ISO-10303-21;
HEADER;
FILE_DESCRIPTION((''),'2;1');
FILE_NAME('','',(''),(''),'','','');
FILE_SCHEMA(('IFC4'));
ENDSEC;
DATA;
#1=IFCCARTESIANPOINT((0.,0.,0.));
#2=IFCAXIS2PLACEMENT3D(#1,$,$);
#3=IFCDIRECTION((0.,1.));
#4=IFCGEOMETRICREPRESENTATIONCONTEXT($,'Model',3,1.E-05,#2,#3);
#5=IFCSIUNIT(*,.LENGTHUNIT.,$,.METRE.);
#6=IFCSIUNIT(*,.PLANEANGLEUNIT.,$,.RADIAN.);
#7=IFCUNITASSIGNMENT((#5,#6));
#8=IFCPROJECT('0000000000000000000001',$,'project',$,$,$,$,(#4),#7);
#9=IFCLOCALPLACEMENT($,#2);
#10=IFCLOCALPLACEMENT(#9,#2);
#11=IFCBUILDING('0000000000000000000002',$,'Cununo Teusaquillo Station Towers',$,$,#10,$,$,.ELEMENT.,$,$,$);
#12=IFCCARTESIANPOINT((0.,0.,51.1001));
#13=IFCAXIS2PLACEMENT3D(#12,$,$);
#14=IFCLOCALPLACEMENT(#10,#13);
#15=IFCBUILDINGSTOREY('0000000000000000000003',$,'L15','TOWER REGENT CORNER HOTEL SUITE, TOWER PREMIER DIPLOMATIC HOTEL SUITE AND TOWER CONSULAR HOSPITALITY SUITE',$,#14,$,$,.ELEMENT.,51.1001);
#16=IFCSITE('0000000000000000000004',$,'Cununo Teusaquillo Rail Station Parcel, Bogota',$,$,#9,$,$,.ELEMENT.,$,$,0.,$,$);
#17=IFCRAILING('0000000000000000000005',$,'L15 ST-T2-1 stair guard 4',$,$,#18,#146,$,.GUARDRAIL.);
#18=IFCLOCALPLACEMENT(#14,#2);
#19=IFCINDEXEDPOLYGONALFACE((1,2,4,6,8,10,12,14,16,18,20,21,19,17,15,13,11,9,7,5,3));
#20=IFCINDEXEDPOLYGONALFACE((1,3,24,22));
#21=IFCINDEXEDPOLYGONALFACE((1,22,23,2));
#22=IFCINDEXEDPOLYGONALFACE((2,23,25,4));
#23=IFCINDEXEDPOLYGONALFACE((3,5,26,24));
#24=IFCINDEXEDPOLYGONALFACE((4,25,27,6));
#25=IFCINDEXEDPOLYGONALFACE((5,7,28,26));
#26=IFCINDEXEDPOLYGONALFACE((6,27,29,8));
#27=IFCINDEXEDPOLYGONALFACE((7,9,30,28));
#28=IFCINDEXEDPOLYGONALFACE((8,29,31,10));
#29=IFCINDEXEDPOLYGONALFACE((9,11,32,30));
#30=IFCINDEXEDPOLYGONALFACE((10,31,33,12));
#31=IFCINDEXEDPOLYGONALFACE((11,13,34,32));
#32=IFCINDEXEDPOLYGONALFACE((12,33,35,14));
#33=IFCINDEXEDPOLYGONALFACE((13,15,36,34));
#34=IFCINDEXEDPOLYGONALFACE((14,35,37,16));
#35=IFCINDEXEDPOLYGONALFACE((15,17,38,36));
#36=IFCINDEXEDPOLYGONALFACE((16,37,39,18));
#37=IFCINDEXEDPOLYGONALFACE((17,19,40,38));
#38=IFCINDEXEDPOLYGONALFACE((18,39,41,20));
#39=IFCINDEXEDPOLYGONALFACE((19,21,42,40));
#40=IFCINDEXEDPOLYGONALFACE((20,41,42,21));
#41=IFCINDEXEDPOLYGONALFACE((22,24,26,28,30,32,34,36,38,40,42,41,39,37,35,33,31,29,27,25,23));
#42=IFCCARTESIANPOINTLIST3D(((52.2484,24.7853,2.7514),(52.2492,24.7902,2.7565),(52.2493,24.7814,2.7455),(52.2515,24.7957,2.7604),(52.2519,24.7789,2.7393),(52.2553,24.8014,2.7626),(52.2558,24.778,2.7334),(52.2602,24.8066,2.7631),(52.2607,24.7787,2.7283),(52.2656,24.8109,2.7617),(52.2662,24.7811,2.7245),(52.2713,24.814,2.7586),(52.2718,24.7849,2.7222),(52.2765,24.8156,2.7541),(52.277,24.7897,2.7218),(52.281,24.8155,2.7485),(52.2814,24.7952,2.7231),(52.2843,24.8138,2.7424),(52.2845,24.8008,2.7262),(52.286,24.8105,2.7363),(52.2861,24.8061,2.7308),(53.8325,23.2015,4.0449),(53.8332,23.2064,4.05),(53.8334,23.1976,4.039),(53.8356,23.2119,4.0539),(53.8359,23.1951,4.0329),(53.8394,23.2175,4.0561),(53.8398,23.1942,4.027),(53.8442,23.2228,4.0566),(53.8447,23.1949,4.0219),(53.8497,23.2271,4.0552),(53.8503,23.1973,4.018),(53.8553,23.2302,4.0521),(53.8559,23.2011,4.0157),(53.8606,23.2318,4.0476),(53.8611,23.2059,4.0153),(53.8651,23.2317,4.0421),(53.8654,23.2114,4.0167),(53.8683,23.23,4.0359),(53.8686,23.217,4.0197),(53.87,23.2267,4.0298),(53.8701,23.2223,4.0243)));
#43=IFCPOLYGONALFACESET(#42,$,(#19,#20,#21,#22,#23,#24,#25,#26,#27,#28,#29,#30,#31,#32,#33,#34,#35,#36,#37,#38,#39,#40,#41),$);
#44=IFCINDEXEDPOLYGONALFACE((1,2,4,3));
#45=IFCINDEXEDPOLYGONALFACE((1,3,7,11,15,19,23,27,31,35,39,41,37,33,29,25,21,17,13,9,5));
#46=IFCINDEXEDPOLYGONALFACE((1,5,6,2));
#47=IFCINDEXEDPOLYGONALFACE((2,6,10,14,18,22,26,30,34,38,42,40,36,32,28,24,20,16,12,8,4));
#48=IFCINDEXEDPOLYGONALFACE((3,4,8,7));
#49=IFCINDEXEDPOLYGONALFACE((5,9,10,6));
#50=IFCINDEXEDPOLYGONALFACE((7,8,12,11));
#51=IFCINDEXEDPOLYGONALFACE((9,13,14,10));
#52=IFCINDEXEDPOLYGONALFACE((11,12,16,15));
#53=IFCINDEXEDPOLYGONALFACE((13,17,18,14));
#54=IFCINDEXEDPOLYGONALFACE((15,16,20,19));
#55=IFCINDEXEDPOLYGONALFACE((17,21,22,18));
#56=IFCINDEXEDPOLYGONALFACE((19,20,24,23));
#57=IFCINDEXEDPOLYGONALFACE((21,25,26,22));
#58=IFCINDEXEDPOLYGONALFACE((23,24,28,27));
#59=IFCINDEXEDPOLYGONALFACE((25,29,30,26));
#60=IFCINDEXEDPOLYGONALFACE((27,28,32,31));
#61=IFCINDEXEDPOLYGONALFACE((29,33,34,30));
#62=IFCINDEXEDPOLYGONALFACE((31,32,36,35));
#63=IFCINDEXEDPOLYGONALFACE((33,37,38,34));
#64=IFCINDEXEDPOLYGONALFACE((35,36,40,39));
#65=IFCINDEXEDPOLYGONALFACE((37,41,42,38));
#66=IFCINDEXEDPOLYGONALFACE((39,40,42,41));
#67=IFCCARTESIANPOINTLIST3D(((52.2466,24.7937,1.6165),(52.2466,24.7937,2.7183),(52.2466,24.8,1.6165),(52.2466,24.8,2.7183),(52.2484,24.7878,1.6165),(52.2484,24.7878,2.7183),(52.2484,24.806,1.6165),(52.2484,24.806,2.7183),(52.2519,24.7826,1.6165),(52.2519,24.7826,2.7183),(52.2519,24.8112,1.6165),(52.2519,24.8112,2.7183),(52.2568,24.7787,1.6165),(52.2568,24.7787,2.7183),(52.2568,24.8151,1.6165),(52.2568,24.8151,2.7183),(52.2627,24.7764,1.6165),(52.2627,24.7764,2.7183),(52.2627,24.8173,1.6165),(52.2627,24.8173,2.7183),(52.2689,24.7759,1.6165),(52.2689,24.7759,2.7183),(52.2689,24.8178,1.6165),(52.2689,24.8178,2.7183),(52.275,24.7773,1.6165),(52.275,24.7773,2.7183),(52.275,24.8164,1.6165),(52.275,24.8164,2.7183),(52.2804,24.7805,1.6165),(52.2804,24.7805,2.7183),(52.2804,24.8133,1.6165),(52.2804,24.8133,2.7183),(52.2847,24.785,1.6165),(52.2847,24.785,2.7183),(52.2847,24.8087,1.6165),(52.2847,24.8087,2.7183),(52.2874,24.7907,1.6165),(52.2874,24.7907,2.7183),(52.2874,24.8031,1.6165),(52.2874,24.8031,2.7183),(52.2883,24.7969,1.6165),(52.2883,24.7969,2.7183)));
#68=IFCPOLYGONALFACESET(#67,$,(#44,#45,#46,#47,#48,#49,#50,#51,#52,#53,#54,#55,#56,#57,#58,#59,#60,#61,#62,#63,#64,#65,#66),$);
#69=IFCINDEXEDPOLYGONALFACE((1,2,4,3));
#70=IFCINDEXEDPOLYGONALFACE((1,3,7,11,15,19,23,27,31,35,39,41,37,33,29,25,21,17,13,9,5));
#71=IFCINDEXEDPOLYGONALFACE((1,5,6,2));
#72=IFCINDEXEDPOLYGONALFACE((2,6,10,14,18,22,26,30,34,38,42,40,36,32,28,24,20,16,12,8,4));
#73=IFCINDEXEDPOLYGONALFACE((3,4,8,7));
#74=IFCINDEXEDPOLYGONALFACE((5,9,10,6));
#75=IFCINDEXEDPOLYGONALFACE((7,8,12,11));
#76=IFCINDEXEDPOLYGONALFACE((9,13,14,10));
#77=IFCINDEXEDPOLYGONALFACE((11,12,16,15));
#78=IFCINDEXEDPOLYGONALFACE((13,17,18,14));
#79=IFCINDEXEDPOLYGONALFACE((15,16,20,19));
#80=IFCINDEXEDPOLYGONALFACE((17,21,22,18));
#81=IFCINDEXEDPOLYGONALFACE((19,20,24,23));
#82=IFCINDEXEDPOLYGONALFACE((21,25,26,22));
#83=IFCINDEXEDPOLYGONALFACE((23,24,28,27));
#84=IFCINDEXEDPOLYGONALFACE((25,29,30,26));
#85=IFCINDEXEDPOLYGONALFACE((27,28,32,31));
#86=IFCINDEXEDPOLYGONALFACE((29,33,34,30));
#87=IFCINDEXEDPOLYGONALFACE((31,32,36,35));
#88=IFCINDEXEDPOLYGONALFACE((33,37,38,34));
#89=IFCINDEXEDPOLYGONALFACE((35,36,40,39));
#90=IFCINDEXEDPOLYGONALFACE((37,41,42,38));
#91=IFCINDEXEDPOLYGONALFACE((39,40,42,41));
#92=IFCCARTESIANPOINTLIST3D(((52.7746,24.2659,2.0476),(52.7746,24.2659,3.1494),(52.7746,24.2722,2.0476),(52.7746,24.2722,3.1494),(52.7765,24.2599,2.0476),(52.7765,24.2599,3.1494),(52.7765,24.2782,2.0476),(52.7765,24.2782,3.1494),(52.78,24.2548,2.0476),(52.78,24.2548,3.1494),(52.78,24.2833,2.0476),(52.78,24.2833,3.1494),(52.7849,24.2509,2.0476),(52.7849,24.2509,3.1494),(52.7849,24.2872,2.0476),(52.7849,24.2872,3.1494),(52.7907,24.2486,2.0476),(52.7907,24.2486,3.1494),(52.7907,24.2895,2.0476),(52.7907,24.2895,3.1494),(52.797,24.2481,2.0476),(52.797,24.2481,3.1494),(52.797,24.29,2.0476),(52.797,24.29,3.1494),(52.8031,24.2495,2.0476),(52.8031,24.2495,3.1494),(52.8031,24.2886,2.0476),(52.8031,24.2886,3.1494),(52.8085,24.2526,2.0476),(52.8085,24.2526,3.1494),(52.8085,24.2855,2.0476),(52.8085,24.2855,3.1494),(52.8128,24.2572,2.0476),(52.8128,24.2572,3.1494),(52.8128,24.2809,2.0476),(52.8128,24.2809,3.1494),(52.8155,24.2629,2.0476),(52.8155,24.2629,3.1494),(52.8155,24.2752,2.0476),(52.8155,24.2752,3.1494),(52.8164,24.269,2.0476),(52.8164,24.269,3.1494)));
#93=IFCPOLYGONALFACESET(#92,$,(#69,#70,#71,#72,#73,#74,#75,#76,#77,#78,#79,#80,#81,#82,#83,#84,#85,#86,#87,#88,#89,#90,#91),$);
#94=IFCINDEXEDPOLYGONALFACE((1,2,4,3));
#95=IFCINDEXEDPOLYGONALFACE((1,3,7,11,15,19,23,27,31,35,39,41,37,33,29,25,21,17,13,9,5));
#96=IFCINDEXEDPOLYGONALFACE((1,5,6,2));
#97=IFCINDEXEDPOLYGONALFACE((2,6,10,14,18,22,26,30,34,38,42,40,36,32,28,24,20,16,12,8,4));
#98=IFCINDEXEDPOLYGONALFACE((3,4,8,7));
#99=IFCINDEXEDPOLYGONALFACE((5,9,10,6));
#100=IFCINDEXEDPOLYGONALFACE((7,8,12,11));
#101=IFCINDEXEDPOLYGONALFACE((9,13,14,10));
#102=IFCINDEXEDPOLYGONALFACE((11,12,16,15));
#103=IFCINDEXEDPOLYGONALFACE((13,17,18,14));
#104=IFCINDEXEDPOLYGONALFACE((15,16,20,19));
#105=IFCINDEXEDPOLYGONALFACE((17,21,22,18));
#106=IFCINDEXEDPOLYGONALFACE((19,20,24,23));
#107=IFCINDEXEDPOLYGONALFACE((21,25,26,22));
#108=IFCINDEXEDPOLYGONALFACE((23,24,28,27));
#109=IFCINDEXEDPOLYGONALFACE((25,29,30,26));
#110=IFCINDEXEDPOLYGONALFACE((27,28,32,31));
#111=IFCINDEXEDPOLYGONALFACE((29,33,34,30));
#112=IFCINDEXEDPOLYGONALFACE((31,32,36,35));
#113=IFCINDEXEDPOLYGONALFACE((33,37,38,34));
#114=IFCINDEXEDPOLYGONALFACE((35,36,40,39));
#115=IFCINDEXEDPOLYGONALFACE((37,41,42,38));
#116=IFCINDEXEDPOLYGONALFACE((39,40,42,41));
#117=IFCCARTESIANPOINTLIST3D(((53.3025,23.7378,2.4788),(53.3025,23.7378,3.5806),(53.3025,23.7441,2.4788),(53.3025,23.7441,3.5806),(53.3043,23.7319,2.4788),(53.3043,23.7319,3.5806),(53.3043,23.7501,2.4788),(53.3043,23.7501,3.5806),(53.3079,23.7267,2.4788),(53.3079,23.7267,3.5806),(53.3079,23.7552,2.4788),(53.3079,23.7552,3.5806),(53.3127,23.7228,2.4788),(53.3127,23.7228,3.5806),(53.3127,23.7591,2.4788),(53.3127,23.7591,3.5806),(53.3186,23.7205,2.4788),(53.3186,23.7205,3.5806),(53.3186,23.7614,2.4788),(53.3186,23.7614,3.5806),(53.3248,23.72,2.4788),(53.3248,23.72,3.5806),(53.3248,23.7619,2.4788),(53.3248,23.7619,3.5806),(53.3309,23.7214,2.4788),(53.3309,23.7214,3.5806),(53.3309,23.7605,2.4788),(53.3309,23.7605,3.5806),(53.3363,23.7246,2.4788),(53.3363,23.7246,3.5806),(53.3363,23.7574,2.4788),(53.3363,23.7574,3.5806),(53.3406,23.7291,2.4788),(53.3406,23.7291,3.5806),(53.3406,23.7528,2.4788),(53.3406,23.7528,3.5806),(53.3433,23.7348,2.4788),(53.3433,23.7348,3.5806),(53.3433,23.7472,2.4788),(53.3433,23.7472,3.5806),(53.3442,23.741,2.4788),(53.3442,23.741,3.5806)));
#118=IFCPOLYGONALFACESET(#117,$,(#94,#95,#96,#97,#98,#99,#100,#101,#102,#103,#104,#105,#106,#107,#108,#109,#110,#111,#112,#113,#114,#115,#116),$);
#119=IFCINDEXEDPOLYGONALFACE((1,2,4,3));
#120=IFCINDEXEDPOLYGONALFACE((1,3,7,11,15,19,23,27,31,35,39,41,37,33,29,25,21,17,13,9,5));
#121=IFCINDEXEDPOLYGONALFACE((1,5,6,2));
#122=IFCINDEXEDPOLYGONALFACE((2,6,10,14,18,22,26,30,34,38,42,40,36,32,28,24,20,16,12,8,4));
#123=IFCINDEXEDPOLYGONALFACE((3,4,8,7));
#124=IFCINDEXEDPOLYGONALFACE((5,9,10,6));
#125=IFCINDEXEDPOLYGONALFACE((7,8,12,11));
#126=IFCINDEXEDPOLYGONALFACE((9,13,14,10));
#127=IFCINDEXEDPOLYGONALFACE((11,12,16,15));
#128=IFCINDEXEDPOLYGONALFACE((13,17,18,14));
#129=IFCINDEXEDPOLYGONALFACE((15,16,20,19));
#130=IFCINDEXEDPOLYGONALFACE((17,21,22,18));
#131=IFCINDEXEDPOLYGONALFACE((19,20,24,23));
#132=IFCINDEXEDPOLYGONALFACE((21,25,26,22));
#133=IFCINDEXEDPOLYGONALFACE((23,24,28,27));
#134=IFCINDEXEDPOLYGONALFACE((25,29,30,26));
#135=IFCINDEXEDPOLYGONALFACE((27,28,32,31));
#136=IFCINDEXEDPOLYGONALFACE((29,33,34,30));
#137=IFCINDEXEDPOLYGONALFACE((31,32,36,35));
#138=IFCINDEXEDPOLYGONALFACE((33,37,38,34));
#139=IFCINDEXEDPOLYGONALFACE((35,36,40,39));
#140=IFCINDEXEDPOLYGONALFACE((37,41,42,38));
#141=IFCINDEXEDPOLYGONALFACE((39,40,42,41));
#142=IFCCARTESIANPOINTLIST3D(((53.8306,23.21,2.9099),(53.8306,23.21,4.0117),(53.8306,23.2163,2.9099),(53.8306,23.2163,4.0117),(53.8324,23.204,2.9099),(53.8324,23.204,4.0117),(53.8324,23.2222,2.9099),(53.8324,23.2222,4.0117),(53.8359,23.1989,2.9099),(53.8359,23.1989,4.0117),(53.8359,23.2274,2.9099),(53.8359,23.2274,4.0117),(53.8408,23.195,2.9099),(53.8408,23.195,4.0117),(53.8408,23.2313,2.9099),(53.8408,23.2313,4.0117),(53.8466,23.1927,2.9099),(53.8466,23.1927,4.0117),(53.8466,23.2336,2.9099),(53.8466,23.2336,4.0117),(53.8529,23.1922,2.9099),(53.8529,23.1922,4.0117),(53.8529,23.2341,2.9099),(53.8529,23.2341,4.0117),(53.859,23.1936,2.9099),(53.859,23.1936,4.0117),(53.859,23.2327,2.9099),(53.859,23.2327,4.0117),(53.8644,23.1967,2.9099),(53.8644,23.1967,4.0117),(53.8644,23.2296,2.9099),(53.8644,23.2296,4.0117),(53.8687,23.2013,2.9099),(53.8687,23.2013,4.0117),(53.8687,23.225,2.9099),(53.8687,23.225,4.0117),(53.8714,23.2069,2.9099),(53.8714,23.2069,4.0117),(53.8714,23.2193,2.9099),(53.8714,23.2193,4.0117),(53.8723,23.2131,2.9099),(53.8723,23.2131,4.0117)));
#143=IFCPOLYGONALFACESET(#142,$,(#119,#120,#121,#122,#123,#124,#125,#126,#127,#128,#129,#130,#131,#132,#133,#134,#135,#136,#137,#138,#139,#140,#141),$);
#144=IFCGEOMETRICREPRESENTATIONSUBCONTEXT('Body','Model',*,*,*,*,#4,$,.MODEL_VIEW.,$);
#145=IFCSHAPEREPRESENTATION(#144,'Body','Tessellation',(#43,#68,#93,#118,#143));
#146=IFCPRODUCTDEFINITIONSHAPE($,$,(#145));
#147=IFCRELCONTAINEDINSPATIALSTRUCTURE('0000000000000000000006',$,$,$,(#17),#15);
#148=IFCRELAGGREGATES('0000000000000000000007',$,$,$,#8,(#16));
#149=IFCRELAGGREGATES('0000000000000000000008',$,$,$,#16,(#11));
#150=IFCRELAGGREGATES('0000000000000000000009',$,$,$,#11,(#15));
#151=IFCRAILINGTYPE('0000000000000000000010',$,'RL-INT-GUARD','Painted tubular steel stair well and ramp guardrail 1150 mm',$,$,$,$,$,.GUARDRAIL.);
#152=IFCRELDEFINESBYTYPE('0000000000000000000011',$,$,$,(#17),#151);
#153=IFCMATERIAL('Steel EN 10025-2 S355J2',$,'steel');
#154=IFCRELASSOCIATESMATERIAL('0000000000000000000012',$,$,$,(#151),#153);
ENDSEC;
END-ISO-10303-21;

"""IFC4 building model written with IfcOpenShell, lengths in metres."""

from ifc_helpers import new_model, si_unit, direction, frame, origin, origin_2d, place, context, subcontext, project, spatial, circle, extrude, material, type_object, element, save


model = new_model("IFC4")

# Units and contexts
model_context = context("Model", 3, precision=1e-05, world=origin(), true_north=direction((0.0, 1.0)))
body_context = subcontext(model_context, "Body", "Model", "MODEL_VIEW")
ifc_project = project(units=[si_unit("LENGTHUNIT", "METRE"), si_unit("PLANEANGLEUNIT", "RADIAN")], contexts=[model_context])

# Site, building, storey
site_placement = place(None, origin())
site = spatial("IfcSite", under=ifc_project, at=site_placement, Name="Cununo Teusaquillo Rail Station Parcel, Bogota", CompositionType="ELEMENT", RefElevation=0.0)
building_placement = place(site_placement, origin())
building = spatial("IfcBuilding", under=site, at=building_placement, Name="Cununo Teusaquillo Station Towers", CompositionType="ELEMENT")
storey_placement = place(building_placement, frame((0.0, 0.0, 51.1001)))
storey = spatial("IfcBuildingStorey", under=building, at=storey_placement, Name="L15", Description="TOWER REGENT CORNER HOTEL SUITE, TOWER PREMIER DIPLOMATIC HOTEL SUITE AND TOWER CONSULAR HOSPITALITY SUITE", CompositionType="ELEMENT", Elevation=51.1001)

# Railing
ifc_material_1 = material(Name="Steel EN 10025-2 S355J2", Category="steel")
railing_type_1 = type_object("IfcRailingType", Name="RL-INT-GUARD", Description="Painted tubular steel stair well and ramp guardrail 1150 mm", PredefinedType="GUARDRAIL", material=ifc_material_1)
railing_1_placement = place(storey_placement, frame((52.2673, 24.7969, 1.6165)))
element("IfcRailing", 1, at=railing_1_placement, inside=storey, type_object=railing_type_1, Name="L15 ST-T2-1 stair guard 4", PredefinedType="GUARDRAIL", context=body_context, shape_type="SweptSolid", body=[
    extrude(circle(Radius=0.0239, at=origin_2d()), frame((0.0, 0.0, 1.126), z_axis=(0.612391, -0.612297, 0.500069), x_axis=(0.707052, 0.707161, 0.0)), (0.0, 0.0, 1.0), 2.5867),
    extrude(circle(Radius=0.021, at=origin_2d()), origin(), (0.0, 0.0, 1.0), 1.1018),
    extrude(circle(Radius=0.021, at=origin_2d()), frame((0.5281, -0.5278, 0.4312)), (0.0, 0.0, 1.0), 1.1018),
    extrude(circle(Radius=0.021, at=origin_2d()), frame((1.0559, -1.0559, 0.8623)), (0.0, 0.0, 1.0), 1.1018),
    extrude(circle(Radius=0.021, at=origin_2d()), frame((1.584, -1.5837, 1.2935)), (0.0, 0.0, 1.0), 1.1018),
])

save(model, "model.ifc")
